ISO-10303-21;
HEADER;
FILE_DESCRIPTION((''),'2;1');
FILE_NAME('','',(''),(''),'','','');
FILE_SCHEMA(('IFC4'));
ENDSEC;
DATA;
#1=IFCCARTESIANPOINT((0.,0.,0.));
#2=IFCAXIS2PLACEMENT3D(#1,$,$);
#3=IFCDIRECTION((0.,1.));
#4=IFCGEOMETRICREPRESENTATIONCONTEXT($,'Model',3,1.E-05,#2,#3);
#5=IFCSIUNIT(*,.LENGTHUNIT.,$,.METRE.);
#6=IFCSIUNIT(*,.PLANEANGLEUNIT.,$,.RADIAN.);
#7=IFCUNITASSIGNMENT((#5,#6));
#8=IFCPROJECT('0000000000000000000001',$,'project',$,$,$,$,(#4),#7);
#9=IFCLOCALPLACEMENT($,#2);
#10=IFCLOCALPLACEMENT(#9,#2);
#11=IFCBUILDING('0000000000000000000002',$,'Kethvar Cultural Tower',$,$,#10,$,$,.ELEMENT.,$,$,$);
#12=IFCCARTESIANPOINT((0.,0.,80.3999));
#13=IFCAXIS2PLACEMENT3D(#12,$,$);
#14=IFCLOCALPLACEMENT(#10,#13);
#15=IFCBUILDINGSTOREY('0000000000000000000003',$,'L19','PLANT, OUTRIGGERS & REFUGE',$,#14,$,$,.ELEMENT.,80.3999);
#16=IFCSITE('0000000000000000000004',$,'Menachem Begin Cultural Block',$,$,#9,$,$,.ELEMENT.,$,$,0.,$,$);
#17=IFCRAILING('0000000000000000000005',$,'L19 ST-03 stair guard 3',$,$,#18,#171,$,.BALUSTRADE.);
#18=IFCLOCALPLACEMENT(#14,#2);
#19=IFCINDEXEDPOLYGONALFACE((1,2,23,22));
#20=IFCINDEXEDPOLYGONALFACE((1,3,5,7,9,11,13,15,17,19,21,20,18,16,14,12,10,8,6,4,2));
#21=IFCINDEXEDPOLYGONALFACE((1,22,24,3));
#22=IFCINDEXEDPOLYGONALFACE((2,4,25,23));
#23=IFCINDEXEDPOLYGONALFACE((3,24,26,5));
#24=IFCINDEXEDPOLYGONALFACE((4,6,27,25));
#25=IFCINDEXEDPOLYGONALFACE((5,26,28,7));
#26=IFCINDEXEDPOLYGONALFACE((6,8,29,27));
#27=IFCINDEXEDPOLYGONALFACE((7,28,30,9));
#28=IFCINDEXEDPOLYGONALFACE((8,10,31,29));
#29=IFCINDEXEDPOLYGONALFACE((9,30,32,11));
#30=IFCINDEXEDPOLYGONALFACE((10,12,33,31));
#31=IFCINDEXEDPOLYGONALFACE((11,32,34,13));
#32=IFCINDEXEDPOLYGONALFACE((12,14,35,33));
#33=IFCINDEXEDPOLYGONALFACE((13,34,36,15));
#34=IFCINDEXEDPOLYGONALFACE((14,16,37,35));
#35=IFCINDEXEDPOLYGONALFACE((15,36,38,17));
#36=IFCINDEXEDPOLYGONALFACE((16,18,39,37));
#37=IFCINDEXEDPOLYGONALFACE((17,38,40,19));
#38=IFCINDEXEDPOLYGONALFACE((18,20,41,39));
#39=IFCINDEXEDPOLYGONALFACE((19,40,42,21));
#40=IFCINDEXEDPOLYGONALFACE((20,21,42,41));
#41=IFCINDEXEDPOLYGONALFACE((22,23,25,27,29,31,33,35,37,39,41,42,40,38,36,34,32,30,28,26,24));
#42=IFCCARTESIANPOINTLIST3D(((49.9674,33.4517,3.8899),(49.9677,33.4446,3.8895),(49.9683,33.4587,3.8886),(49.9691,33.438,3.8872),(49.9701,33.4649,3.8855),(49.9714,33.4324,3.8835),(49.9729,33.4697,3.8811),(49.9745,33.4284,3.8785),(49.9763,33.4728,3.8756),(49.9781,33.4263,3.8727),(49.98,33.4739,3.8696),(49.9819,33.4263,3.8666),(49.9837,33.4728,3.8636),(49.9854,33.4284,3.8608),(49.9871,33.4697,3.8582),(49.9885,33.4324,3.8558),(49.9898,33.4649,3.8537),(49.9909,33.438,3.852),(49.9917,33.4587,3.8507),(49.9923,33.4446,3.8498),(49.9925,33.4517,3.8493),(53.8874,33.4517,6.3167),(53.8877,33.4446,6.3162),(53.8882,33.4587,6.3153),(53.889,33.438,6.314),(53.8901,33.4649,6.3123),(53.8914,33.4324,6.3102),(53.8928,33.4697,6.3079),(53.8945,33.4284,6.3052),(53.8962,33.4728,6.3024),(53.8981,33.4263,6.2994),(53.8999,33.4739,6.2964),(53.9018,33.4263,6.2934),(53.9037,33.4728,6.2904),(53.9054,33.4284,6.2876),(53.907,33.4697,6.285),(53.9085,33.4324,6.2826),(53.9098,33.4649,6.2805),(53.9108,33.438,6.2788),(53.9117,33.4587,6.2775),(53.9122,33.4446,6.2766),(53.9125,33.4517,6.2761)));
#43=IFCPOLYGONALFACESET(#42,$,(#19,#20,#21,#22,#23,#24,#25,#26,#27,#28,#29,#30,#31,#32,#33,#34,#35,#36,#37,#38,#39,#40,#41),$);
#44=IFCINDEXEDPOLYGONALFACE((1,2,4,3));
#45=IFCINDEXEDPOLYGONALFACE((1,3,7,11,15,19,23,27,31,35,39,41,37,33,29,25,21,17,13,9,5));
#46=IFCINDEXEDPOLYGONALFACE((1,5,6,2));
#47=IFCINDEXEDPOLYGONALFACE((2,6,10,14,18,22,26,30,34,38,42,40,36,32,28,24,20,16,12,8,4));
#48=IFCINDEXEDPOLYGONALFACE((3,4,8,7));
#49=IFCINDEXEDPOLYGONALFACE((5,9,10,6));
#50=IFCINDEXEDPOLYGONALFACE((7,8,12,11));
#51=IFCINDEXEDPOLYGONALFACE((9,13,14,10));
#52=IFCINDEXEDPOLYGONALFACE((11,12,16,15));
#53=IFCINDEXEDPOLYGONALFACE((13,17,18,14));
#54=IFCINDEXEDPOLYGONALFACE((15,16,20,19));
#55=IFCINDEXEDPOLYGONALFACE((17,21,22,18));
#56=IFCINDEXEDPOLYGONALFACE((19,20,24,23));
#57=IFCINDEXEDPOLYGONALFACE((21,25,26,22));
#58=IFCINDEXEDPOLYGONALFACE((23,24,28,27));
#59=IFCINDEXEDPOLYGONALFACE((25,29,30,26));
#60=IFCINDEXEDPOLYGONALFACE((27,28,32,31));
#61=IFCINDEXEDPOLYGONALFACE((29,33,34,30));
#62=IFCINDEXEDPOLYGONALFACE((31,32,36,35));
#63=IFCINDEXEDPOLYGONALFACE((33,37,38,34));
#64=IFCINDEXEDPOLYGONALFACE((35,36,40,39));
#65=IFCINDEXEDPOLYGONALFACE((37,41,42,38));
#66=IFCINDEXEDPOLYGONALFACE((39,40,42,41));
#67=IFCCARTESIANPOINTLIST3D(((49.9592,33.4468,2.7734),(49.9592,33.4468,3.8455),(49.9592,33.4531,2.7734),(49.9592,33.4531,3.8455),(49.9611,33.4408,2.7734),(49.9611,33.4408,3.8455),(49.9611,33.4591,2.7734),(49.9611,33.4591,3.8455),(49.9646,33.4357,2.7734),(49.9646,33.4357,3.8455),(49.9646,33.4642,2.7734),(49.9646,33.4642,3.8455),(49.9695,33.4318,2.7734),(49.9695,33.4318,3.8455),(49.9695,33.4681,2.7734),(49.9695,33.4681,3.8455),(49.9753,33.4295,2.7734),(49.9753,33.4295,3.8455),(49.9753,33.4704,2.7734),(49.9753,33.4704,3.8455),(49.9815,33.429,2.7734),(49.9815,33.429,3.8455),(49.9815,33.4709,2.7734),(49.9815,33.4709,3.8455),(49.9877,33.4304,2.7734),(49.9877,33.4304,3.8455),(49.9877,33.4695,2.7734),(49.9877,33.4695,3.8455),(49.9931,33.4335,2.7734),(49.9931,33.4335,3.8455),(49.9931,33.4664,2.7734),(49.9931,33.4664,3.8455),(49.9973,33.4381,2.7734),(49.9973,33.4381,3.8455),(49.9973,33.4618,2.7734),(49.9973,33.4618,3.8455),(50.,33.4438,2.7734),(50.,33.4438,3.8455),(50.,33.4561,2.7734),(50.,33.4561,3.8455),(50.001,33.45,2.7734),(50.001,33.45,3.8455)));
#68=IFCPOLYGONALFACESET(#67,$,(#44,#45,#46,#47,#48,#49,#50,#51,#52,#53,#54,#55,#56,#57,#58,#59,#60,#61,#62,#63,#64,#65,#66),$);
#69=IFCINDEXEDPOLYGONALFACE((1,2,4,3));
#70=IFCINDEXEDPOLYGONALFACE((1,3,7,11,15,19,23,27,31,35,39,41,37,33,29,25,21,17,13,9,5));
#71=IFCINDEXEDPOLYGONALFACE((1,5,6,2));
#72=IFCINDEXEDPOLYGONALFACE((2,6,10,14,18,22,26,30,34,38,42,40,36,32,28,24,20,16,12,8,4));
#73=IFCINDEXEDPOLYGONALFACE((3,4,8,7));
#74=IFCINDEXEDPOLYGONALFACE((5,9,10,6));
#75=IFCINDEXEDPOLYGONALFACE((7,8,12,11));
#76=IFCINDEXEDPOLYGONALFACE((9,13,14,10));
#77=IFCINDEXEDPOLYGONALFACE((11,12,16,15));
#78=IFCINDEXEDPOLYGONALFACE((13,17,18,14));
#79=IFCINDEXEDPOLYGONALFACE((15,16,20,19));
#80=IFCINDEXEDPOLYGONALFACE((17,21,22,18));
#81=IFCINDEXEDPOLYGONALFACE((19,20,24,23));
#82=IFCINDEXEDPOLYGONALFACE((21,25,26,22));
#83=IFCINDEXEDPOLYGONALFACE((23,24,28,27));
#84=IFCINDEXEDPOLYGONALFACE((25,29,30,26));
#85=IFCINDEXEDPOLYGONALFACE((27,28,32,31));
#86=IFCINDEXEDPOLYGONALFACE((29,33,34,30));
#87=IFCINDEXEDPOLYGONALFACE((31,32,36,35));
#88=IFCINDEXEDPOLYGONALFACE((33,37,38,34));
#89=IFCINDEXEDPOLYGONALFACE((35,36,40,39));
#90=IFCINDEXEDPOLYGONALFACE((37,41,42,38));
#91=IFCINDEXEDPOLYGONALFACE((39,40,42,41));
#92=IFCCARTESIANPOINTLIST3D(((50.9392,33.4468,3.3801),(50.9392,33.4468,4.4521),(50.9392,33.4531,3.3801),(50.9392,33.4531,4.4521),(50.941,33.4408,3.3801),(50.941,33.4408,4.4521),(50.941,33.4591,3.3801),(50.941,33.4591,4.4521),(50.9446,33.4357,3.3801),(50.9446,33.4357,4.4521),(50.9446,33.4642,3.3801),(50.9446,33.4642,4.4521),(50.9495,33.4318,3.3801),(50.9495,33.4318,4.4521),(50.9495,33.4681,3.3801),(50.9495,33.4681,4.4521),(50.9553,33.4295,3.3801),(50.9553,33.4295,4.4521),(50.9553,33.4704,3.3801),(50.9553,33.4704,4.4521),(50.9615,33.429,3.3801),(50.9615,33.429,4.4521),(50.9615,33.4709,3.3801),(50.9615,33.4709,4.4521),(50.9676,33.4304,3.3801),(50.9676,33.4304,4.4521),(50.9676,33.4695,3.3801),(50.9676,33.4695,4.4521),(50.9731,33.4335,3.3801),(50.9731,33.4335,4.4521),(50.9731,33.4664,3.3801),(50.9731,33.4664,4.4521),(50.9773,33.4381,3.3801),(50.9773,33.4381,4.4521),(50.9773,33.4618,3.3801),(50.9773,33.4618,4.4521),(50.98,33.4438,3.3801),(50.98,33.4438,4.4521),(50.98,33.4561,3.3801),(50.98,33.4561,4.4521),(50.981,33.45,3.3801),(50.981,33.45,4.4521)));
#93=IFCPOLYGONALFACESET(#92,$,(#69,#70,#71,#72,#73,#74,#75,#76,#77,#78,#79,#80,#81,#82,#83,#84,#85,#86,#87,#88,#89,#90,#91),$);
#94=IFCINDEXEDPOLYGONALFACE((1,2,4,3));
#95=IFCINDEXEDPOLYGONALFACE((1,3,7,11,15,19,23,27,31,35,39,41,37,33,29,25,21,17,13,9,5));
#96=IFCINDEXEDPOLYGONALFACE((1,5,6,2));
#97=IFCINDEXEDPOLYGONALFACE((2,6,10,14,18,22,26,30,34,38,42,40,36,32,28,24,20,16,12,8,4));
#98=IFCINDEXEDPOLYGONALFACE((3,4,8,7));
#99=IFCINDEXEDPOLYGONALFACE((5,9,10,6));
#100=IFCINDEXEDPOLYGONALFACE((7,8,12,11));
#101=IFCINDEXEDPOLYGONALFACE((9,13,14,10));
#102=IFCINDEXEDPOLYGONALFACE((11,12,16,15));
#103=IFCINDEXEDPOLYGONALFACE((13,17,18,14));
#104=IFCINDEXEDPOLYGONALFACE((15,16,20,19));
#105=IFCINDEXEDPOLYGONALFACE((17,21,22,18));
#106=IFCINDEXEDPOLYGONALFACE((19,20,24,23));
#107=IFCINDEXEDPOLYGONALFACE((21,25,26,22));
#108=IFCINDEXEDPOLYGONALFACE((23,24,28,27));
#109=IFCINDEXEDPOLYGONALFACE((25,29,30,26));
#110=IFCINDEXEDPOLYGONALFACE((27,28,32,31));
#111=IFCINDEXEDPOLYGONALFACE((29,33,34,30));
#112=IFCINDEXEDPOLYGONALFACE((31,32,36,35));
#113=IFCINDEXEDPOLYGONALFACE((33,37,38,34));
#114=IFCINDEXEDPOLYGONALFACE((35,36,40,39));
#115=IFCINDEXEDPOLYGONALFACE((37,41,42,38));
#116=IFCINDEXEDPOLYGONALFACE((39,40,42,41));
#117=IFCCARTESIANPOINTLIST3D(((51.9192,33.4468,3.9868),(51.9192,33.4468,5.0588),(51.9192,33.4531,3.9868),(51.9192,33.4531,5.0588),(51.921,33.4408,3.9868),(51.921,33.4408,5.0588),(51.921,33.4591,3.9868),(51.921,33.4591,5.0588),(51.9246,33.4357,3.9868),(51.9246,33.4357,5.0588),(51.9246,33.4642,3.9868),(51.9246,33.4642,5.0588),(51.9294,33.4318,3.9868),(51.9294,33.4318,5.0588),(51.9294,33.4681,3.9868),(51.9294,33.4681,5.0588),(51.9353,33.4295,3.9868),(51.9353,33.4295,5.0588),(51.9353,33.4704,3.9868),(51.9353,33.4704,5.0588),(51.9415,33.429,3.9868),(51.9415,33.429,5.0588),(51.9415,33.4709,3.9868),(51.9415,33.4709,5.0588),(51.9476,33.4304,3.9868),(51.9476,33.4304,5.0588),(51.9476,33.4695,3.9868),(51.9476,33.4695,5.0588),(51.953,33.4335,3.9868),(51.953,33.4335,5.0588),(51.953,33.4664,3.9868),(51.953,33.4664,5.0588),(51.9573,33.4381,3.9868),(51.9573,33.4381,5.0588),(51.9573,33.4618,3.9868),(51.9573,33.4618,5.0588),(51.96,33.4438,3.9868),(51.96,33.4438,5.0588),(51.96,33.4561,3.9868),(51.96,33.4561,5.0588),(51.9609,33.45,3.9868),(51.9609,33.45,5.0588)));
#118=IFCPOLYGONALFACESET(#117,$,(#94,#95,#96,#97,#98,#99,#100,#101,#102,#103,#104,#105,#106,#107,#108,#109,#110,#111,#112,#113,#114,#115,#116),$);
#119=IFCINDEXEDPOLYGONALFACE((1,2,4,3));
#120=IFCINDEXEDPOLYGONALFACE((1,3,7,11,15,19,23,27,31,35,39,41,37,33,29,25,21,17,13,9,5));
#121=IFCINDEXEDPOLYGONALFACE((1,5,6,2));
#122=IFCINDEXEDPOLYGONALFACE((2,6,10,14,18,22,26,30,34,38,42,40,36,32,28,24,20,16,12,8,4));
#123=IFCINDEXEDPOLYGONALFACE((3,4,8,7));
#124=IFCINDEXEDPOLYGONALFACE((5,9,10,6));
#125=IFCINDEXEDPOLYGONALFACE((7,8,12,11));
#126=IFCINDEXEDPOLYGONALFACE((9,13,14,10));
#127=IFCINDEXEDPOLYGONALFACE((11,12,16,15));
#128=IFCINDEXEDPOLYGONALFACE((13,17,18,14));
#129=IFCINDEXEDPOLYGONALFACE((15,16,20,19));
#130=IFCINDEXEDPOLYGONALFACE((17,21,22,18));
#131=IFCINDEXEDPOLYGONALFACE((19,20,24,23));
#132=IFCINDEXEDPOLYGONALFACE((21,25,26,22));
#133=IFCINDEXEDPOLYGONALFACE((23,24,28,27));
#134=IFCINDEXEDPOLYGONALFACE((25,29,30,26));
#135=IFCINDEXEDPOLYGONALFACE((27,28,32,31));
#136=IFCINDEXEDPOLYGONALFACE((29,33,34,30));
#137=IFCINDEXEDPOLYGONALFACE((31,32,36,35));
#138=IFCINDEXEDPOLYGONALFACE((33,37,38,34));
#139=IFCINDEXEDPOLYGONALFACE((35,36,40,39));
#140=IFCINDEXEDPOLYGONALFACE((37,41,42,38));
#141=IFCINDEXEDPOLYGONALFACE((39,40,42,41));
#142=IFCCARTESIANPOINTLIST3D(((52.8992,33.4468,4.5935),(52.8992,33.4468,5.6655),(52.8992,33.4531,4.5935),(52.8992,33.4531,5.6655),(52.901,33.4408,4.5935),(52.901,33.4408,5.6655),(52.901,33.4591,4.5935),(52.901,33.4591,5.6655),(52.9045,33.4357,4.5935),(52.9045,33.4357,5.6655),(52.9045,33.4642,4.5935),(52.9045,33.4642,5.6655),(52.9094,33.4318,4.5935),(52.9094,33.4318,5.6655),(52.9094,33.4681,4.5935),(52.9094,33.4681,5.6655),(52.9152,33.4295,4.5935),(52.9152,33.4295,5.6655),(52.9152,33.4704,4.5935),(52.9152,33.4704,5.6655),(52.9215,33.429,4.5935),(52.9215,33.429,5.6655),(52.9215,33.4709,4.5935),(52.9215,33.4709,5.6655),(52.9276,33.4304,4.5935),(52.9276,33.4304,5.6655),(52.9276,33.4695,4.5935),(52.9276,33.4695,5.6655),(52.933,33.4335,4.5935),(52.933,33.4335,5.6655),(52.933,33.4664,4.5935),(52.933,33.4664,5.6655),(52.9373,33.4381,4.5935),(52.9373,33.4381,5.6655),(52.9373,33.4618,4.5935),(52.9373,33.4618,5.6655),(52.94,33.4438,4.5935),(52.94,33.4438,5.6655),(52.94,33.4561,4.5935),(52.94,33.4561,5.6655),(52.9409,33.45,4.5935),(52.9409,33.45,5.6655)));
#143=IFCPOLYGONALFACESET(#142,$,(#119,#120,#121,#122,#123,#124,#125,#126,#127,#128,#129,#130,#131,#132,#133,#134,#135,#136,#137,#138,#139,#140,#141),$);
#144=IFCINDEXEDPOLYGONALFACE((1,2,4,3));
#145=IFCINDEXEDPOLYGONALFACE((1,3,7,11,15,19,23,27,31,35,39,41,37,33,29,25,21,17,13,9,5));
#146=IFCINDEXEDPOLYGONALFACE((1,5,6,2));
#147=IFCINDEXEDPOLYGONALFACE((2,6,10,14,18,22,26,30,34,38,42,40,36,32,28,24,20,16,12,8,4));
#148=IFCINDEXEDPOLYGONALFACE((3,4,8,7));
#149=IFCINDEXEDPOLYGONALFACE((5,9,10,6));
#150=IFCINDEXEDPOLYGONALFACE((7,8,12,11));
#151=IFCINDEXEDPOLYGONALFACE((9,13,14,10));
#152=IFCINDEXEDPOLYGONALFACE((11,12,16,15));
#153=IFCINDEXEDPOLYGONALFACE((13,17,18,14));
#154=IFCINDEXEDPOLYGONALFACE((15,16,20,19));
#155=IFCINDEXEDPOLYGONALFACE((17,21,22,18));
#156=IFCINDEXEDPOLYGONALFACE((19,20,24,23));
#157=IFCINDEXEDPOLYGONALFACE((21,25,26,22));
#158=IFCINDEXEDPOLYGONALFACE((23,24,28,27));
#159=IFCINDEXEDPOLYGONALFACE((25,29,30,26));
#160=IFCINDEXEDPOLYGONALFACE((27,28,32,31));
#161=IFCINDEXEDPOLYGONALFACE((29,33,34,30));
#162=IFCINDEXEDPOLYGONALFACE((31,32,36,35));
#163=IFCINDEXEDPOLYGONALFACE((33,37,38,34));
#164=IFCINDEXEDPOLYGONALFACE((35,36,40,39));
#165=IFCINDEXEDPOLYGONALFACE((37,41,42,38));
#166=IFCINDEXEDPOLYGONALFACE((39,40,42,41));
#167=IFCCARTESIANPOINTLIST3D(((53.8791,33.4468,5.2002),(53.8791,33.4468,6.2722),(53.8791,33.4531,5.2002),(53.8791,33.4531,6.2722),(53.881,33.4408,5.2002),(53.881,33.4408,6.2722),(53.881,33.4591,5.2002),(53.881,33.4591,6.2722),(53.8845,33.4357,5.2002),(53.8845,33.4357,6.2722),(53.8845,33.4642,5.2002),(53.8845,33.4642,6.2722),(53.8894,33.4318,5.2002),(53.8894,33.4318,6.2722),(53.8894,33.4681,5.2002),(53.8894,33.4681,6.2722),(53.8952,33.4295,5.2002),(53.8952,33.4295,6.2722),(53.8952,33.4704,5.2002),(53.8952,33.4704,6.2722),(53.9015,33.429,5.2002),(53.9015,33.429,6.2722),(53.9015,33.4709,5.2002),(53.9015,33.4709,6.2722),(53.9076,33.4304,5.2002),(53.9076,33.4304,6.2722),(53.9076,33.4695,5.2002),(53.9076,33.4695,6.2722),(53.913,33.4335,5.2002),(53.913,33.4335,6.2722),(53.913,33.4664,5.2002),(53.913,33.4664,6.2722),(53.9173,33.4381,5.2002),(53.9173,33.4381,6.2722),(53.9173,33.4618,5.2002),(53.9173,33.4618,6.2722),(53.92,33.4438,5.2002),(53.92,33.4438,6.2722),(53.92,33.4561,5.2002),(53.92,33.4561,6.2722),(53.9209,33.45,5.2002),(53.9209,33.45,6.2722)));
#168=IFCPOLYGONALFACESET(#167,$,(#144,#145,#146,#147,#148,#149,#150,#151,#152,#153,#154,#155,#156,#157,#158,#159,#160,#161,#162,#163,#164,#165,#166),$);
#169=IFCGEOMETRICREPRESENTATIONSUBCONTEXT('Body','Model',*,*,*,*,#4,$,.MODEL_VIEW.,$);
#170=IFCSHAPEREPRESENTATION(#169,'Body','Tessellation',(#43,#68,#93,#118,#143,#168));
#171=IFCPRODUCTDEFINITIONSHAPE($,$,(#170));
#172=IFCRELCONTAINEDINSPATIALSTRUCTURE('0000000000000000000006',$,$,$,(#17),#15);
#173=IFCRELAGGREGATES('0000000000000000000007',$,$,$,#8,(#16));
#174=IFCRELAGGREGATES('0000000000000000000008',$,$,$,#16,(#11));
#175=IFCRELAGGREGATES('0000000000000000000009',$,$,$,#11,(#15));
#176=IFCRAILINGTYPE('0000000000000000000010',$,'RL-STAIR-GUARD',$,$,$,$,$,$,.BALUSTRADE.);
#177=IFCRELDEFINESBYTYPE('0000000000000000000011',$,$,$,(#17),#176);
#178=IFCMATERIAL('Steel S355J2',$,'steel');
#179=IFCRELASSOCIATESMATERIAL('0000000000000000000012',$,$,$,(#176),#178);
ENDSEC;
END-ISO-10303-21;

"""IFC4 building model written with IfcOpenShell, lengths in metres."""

from ifc_helpers import new_model, si_unit, direction, frame, origin, origin_2d, place, context, subcontext, project, spatial, circle, extrude, material, type_object, element, save


model = new_model("IFC4")

# Units and contexts
model_context = context("Model", 3, precision=1e-05, world=origin(), true_north=direction((0.0, 1.0)))
body_context = subcontext(model_context, "Body", "Model", "MODEL_VIEW")
ifc_project = project(units=[si_unit("LENGTHUNIT", "METRE"), si_unit("PLANEANGLEUNIT", "RADIAN")], contexts=[model_context])

# Site, building, storey
site_placement = place(None, origin())
site = spatial("IfcSite", under=ifc_project, at=site_placement, Name="Menachem Begin Cultural Block", CompositionType="ELEMENT", RefElevation=0.0)
building_placement = place(site_placement, origin())
building = spatial("IfcBuilding", under=site, at=building_placement, Name="Kethvar Cultural Tower", CompositionType="ELEMENT")
storey_placement = place(building_placement, frame((0.0, 0.0, 80.3999)))
storey = spatial("IfcBuildingStorey", under=building, at=storey_placement, Name="L19", Description="PLANT, OUTRIGGERS & REFUGE", CompositionType="ELEMENT", Elevation=80.3999)

# Railing
ifc_material_1 = material(Name="Steel S355J2", Category="steel")
railing_type_1 = type_object("IfcRailingType", Name="RL-STAIR-GUARD", PredefinedType="BALUSTRADE", material=ifc_material_1)
railing_1_placement = place(storey_placement, frame((49.98, 33.45, 2.7734)))
element("IfcRailing", 1, at=railing_1_placement, inside=storey, type_object=railing_type_1, Name="L19 ST-03 stair guard 3", PredefinedType="BALUSTRADE", context=body_context, shape_type="SweptSolid", body=[
    extrude(circle(Radius=0.0239, at=origin_2d()), frame((0.0, 0.0, 1.0962), z_axis=(0.850252, 0.0, 0.526376), x_axis=(0.0, 1.0, 0.0)), (0.0, 0.0, 1.0), 4.6104),
    extrude(circle(Radius=0.021, at=origin_2d()), origin(), (0.0, 0.0, 1.0), 1.072),
    extrude(circle(Radius=0.021, at=origin_2d()), frame((0.98, 0.0, 0.6067)), (0.0, 0.0, 1.0), 1.072),
    extrude(circle(Radius=0.021, at=origin_2d()), frame((1.96, 0.0, 1.2134)), (0.0, 0.0, 1.0), 1.072),
    extrude(circle(Radius=0.021, at=origin_2d()), frame((2.9399, 0.0, 1.8201)), (0.0, 0.0, 1.0), 1.072),
    extrude(circle(Radius=0.021, at=origin_2d()), frame((3.9199, 0.0, 2.4268)), (0.0, 0.0, 1.0), 1.072),
])

save(model, "model.ifc")
